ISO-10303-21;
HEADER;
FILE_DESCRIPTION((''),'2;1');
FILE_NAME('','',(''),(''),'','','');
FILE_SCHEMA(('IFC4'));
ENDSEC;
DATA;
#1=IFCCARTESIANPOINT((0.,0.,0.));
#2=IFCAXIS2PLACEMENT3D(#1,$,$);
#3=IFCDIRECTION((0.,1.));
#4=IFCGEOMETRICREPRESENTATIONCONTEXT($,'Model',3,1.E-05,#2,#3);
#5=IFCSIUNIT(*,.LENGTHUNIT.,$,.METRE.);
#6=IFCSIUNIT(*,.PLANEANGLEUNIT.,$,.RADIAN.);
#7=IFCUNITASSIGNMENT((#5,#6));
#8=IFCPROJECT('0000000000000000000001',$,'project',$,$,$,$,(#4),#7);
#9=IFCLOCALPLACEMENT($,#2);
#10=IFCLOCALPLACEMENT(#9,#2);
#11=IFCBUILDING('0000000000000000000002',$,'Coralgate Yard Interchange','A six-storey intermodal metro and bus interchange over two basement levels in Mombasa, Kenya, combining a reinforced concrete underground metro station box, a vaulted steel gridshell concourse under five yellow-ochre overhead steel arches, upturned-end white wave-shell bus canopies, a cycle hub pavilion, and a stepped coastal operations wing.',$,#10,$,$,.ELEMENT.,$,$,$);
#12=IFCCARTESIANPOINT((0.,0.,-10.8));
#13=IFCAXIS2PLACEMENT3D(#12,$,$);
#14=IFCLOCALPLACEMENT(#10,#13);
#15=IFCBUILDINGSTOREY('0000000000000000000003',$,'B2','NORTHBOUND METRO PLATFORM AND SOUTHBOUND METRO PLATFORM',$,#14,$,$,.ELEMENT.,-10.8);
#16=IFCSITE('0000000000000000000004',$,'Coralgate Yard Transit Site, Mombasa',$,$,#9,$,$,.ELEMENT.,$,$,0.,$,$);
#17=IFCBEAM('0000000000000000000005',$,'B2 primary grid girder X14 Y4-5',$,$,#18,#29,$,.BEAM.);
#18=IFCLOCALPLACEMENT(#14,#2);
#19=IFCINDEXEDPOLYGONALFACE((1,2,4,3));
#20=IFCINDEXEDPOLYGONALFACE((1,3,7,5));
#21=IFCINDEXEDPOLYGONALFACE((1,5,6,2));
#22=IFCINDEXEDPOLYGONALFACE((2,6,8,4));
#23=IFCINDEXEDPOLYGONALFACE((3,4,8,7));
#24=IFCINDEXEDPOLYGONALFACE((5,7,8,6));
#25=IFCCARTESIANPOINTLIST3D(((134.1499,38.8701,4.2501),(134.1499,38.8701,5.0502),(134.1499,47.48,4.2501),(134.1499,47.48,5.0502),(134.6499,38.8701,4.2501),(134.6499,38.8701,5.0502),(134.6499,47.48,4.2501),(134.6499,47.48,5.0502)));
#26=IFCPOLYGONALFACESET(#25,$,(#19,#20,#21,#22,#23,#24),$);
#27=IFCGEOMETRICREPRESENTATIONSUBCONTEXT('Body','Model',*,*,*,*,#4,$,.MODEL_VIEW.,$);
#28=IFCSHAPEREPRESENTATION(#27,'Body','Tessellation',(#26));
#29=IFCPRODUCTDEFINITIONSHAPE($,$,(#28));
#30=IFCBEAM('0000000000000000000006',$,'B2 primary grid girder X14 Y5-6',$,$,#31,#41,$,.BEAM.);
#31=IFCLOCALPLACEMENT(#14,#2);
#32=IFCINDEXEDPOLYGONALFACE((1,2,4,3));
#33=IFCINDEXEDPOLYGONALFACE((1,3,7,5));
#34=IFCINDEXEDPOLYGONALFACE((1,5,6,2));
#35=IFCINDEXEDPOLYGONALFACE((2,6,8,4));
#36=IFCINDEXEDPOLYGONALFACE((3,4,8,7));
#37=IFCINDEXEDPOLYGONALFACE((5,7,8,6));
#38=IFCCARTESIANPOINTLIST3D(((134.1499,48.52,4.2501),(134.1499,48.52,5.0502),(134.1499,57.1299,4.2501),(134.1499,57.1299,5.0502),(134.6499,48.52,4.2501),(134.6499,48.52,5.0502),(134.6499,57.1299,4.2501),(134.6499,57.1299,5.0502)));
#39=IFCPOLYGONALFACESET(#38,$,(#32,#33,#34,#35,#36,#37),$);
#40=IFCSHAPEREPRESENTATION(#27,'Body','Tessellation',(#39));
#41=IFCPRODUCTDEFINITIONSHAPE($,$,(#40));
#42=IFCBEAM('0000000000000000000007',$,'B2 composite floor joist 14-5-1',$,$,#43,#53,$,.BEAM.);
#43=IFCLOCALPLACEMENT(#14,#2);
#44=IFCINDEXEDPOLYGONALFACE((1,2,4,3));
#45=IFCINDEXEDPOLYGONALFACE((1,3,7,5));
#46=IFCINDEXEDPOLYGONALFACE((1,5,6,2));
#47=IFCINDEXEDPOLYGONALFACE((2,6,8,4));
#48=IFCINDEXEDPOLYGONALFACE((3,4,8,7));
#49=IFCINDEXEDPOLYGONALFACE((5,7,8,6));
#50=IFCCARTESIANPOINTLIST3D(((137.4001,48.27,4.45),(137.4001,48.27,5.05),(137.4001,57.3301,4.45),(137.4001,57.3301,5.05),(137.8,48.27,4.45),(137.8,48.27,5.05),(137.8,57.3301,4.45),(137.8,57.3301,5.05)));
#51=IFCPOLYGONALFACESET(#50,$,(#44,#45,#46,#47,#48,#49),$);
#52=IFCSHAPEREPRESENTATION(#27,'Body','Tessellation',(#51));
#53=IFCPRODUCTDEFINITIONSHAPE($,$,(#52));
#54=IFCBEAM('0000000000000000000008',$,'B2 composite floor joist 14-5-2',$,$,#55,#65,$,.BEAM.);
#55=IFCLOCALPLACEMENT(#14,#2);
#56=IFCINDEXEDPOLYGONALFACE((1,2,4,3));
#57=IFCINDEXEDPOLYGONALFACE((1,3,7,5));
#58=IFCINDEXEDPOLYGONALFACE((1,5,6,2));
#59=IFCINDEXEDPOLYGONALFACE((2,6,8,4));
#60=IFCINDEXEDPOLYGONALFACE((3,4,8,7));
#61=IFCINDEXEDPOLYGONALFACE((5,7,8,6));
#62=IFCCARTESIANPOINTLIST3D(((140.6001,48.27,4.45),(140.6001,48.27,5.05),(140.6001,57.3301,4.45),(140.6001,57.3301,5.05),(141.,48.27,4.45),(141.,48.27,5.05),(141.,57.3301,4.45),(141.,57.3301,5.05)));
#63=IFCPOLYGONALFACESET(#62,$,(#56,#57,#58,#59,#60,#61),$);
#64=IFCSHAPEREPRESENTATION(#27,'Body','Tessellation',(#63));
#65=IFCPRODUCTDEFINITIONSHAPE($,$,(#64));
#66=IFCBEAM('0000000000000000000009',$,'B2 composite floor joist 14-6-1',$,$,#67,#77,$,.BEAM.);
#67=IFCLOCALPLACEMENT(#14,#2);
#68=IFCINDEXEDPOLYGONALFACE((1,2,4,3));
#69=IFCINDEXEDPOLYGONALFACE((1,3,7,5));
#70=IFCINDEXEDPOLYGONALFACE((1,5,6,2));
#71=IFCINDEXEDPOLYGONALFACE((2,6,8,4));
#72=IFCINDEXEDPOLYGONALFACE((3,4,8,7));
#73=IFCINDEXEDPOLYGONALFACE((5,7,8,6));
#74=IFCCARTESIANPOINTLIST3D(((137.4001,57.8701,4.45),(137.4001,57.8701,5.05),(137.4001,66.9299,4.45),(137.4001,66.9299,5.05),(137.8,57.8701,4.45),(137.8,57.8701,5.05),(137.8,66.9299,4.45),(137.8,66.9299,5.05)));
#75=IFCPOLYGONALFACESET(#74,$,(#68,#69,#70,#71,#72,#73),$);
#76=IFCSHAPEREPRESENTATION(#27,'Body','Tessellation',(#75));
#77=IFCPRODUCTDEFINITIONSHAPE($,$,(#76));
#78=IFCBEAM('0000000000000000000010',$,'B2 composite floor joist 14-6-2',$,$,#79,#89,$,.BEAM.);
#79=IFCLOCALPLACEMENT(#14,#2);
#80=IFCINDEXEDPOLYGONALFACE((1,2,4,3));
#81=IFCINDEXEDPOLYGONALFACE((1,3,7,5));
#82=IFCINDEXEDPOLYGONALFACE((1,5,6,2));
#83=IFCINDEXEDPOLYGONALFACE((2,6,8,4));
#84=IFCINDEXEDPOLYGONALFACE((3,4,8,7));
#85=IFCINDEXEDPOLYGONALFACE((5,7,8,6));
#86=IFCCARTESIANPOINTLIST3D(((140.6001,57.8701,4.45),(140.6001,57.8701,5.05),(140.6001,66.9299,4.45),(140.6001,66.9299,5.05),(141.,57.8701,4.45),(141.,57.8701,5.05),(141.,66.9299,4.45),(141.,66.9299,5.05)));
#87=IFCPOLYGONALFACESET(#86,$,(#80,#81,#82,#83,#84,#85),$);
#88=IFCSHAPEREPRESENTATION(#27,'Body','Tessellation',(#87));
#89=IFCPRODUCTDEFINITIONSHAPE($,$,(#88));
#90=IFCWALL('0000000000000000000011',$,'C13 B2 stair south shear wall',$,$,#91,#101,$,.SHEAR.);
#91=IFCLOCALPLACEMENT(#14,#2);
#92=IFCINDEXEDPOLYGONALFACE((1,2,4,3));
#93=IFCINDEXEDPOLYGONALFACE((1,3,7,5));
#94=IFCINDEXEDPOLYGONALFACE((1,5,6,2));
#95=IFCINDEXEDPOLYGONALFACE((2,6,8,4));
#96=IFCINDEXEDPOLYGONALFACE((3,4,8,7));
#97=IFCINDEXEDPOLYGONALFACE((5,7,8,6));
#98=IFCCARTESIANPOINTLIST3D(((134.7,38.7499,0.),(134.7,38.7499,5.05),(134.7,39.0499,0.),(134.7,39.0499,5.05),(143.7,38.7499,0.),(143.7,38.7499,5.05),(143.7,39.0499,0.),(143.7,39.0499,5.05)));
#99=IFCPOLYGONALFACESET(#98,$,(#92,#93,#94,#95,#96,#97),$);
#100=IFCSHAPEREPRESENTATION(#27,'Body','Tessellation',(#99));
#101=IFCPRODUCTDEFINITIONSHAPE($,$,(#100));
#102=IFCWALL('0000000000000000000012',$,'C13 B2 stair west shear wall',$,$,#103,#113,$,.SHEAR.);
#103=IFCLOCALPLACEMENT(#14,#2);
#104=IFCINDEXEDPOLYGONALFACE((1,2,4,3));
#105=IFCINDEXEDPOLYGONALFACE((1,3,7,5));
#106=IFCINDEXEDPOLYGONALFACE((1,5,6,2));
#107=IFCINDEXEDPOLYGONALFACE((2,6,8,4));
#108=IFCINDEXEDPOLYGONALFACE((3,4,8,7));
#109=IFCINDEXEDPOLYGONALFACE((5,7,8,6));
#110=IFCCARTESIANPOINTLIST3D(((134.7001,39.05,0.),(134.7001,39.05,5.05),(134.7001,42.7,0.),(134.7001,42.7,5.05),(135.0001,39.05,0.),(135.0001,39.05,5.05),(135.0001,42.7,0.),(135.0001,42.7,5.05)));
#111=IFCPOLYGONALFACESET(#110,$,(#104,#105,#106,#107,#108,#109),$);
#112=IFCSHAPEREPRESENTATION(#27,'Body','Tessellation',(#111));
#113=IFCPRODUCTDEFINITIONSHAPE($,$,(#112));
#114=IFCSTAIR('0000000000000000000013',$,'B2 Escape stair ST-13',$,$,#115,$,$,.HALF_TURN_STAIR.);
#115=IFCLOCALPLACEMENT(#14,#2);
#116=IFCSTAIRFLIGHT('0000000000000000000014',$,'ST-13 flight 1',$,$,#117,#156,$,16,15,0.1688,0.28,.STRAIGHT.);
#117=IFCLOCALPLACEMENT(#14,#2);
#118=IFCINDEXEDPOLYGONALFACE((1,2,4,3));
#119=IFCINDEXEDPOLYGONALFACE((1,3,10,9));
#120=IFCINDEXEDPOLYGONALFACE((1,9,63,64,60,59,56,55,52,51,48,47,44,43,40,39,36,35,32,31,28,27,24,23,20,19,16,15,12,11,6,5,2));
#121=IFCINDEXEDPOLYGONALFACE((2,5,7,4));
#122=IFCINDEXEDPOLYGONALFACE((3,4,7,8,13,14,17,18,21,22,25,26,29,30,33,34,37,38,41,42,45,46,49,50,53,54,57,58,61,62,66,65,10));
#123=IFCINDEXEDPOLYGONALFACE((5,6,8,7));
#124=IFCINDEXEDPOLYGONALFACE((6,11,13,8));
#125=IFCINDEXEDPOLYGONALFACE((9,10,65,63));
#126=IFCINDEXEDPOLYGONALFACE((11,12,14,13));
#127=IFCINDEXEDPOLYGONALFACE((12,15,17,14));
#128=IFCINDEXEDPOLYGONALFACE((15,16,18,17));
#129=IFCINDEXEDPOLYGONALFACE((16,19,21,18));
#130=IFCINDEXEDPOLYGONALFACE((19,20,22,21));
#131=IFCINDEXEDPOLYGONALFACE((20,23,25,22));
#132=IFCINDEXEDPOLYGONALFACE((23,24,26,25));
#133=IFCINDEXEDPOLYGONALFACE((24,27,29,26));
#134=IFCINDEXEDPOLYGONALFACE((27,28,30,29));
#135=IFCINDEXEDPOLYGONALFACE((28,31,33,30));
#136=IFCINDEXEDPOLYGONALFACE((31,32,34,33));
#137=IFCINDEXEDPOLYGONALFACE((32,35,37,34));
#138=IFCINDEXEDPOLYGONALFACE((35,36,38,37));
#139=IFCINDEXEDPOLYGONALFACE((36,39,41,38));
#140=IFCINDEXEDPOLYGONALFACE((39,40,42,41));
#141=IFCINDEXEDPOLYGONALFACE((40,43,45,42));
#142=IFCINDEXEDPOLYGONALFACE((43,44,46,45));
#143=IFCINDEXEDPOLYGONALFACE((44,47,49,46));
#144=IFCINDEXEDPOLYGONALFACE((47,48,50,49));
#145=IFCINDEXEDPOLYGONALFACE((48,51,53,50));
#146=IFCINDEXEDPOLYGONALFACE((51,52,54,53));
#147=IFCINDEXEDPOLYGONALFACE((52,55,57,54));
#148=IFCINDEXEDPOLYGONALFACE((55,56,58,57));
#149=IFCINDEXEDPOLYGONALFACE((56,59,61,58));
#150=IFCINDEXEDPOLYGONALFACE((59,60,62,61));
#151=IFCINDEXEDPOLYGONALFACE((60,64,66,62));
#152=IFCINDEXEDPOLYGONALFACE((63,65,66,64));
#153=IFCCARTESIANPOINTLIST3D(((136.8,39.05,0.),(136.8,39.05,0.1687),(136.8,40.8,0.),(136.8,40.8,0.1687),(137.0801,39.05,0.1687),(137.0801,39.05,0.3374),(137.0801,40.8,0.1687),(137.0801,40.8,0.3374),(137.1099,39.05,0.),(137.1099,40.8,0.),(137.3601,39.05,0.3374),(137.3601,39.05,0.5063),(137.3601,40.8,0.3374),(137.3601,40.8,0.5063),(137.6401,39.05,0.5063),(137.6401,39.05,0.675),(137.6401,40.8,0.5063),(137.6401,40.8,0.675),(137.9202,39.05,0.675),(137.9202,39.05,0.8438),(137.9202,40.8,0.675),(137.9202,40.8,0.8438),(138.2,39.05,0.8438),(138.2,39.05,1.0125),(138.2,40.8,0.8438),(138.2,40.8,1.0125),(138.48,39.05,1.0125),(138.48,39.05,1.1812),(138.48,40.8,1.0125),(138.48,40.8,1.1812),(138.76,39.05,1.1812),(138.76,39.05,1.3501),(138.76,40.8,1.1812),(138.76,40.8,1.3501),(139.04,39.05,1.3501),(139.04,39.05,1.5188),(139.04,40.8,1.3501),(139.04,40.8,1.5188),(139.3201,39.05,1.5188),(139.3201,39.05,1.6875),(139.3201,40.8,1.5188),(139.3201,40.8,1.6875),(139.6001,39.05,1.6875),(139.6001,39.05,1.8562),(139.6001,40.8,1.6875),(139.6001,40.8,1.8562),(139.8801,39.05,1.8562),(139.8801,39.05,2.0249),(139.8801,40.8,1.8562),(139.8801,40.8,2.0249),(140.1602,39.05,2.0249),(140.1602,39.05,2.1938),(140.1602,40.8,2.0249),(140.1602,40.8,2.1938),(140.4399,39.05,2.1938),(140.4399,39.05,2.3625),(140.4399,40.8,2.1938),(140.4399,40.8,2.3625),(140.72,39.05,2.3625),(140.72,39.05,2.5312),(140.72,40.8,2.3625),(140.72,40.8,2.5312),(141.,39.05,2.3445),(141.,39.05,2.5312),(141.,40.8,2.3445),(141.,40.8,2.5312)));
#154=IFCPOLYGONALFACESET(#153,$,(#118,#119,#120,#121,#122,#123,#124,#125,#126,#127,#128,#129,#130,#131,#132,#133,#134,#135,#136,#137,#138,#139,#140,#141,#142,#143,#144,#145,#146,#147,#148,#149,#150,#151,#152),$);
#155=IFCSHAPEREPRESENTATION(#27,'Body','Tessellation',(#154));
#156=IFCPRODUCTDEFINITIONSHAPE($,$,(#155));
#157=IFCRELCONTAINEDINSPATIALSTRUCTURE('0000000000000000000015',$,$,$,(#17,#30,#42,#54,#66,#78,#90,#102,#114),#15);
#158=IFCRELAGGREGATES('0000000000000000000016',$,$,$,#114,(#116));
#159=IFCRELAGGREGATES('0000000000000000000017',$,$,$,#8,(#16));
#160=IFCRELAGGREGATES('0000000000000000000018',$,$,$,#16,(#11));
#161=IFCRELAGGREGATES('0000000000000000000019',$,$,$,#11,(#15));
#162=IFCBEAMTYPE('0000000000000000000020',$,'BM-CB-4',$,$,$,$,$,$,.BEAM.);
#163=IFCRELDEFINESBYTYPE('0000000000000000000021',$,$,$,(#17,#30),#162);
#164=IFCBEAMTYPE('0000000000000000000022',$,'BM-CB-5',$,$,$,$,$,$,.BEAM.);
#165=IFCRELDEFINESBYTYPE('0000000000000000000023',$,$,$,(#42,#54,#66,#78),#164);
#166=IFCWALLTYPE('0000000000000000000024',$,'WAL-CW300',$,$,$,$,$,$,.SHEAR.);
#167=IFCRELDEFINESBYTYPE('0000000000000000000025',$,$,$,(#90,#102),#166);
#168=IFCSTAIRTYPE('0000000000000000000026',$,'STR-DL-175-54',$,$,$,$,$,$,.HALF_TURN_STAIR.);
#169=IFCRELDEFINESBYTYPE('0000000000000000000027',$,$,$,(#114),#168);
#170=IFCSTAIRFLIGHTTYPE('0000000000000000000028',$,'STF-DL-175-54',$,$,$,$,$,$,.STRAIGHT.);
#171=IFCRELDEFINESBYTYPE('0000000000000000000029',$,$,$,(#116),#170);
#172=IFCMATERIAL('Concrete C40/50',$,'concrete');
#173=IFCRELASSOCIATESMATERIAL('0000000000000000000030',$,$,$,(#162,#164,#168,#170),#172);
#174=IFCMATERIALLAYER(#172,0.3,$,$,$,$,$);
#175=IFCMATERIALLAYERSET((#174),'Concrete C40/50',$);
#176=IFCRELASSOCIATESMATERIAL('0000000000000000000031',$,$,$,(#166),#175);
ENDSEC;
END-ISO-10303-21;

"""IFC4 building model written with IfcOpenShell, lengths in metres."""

from ifc_helpers import new_model, si_unit, direction, frame, frame_2d, origin, origin_2d, place, context, subcontext, project, spatial, polyline, rectangle, outline, extrude, material, layer, layer_set, material_profile, profile_set, type_object, element, aggregate, save


model = new_model("IFC4")

# Units and contexts
model_context = context("Model", 3, precision=1e-05, world=origin(), true_north=direction((0.0, 1.0)))
body_context = subcontext(model_context, "Body", "Model", "MODEL_VIEW")
ifc_project = project(units=[si_unit("LENGTHUNIT", "METRE"), si_unit("PLANEANGLEUNIT", "RADIAN")], contexts=[model_context])

# Site, building, storey
site_placement = place(None, origin())
site = spatial("IfcSite", under=ifc_project, at=site_placement, Name="Coralgate Yard Transit Site, Mombasa", CompositionType="ELEMENT", RefElevation=0.0)
building_placement = place(site_placement, origin())
building = spatial("IfcBuilding", under=site, at=building_placement, Name="Coralgate Yard Interchange", Description="A six-storey intermodal metro and bus interchange over two basement levels in Mombasa, Kenya, combining a reinforced concrete underground metro station box, a vaulted steel gridshell concourse under five yellow-ochre overhead steel arches, upturned-end white wave-shell bus canopies, a cycle hub pavilion, and a stepped coastal operations wing.", CompositionType="ELEMENT")
storey_placement = place(building_placement, frame((0.0, 0.0, -10.8)))
storey = spatial("IfcBuildingStorey", under=building, at=storey_placement, Name="B2", Description="NORTHBOUND METRO PLATFORM AND SOUTHBOUND METRO PLATFORM", CompositionType="ELEMENT", Elevation=-10.8)

# Shared definitions
ifc_material_1 = material(Name="Concrete C40/50", Category="concrete")

# Beams
ifc_material_profile_1 = material_profile(ifc_material_1, rectangle(XDim=0.5, YDim=0.8, at=origin_2d()), Name="RC 500x800")
ifc_profile_set_1 = profile_set([ifc_material_profile_1], Name="Concrete C40/50")
beam_type_1 = type_object("IfcBeamType", Name="BM-CB-4", PredefinedType="BEAM", material=ifc_profile_set_1)
for number, where, z_axis, x_axis, name in (
    (1, (134.3999, 38.8701, 4.6501), (0.0, 1.0, 0.0), (-1.0, 0.0, 0.0), "B2 primary grid girder X14 Y4-5"),
    (2, (134.3999, 48.52, 4.6501), (0.0, 1.0, 0.0), (-1.0, 0.0, 0.0), "B2 primary grid girder X14 Y5-6"),
):
    element("IfcBeam", number, at=place(storey_placement, frame(where, z_axis=z_axis, x_axis=x_axis)), inside=storey, type_object=beam_type_1, Name=name, PredefinedType="BEAM", context=body_context, shape_type="SweptSolid", body=[
        extrude(rectangle(XDim=0.5, YDim=0.8, at=origin_2d()), origin(), (0.0, 0.0, 1.0), 8.6099),
    ])
ifc_material_profile_2 = material_profile(ifc_material_1, rectangle(XDim=0.3999, YDim=0.6001, at=origin_2d()), Name="RC 400x600")
ifc_profile_set_2 = profile_set([ifc_material_profile_2], Name="Concrete C40/50")
beam_type_2 = type_object("IfcBeamType", Name="BM-CB-5", PredefinedType="BEAM", material=ifc_profile_set_2)
for number, where, z_axis, x_axis, name in (
    (3, (137.6001, 48.27, 4.75), (0.0, 1.0, 0.0), (-1.0, 0.0, 0.0), "B2 composite floor joist 14-5-1"),
    (4, (140.8, 48.27, 4.75), (0.0, 1.0, 0.0), (-1.0, 0.0, 0.0), "B2 composite floor joist 14-5-2"),
):
    element("IfcBeam", number, at=place(storey_placement, frame(where, z_axis=z_axis, x_axis=x_axis)), inside=storey, type_object=beam_type_2, Name=name, PredefinedType="BEAM", context=body_context, shape_type="SweptSolid", body=[
        extrude(rectangle(XDim=0.3999, YDim=0.6001, at=origin_2d()), origin(), (0.0, 0.0, 1.0), 9.0601),
    ])
for number, where, z_axis, x_axis, name in (
    (5, (137.6001, 57.8701, 4.75), (0.0, 1.0, 0.0), (-1.0, 0.0, 0.0), "B2 composite floor joist 14-6-1"),
    (6, (140.8, 57.8701, 4.75), (0.0, 1.0, 0.0), (-1.0, 0.0, 0.0), "B2 composite floor joist 14-6-2"),
):
    element("IfcBeam", number, at=place(storey_placement, frame(where, z_axis=z_axis, x_axis=x_axis)), inside=storey, type_object=beam_type_2, Name=name, PredefinedType="BEAM", context=body_context, shape_type="SweptSolid", body=[
        extrude(rectangle(XDim=0.3999, YDim=0.6001, at=origin_2d()), origin(), (0.0, 0.0, 1.0), 9.0598),
    ])

# Walls
ifc_layer = layer(ifc_material_1, 0.3)
ifc_layer_set = layer_set([ifc_layer], Name="Concrete C40/50")
wall_type = type_object("IfcWallType", Name="WAL-CW300", PredefinedType="SHEAR", material=ifc_layer_set)
wall_1_placement = place(storey_placement, frame((134.7, 38.8999, 0.0), z_axis=(0.0, 0.0, 1.0), x_axis=(1.0, 0.0, 0.0)))
element("IfcWall", 7, at=wall_1_placement, inside=storey, type_object=wall_type, Name="C13 B2 stair south shear wall", PredefinedType="SHEAR", context=body_context, shape_type="SweptSolid", body=[
    extrude(rectangle(XDim=9.0, YDim=0.3, at=frame_2d((4.5, 0.0))), origin(), (0.0, 0.0, 1.0), 5.05),
])
wall_2_placement = place(storey_placement, frame((134.8501, 39.05, 0.0), z_axis=(0.0, 0.0, 1.0), x_axis=(0.0, 1.0, 0.0)))
element("IfcWall", 8, at=wall_2_placement, inside=storey, type_object=wall_type, Name="C13 B2 stair west shear wall", PredefinedType="SHEAR", context=body_context, shape_type="SweptSolid", body=[
    extrude(rectangle(XDim=3.6499, YDim=0.3, at=frame_2d((1.825, 0.0))), origin(), (0.0, 0.0, 1.0), 5.05),
])

# Stair, stair flight
stair_type = type_object("IfcStairType", Name="STR-DL-175-54", PredefinedType="HALF_TURN_STAIR", material=ifc_material_1)
stair_placement = place(storey_placement, origin())
stair = element("IfcStair", 9, at=stair_placement, inside=storey, type_object=stair_type, Name="B2 Escape stair ST-13", PredefinedType="HALF_TURN_STAIR")
stair_flight_type = type_object("IfcStairFlightType", Name="STF-DL-175-54", PredefinedType="STRAIGHT", material=ifc_material_1)
stair_flight_placement = place(storey_placement, frame((136.8, 39.925, 0.0), z_axis=(0.0, 0.0, 1.0), x_axis=(1.0, 0.0, 0.0)))
stair_flight = element("IfcStairFlight", 10, at=stair_flight_placement, type_object=stair_flight_type, Name="ST-13 flight 1", NumberOfRisers=16, NumberOfTreads=15, PredefinedType="STRAIGHT", RiserHeight=0.1688, TreadLength=0.28, context=body_context, shape_type="SweptSolid", body=[
    extrude(outline(polyline([(0.0, 0.0), (0.0, 0.1687), (0.28, 0.1687), (0.28, 0.3374), (0.5601, 0.3374), (0.5601, 0.5063), (0.8401, 0.5063), (0.8401, 0.675), (1.1201, 0.675), (1.1201, 0.8438), (1.3999, 0.8438), (1.3999, 1.0125), (1.6799, 1.0125), (1.6799, 1.1812), (1.96, 1.1812), (1.96, 1.3501), (2.24, 1.3501), (2.24, 1.5188), (2.52, 1.5188), (2.52, 1.6875), (2.8, 1.6875), (2.8, 1.8562), (3.0801, 1.8562), (3.0801, 2.0249), (3.3601, 2.0249), (3.3601, 2.1938), (3.6399, 2.1938), (3.6399, 2.3625), (3.9199, 2.3625), (3.9199, 2.5312), (4.2, 2.5312), (4.2, 2.7), (4.2, 2.3445), (0.3098, 0.0), (0.0, 0.0)])), frame((0.0, 0.875, 0.0), z_axis=(0.0, -1.0, 0.0), x_axis=(1.0, 0.0, 0.0)), (0.0, 0.0, 1.0), 1.75),
])
aggregate(stair, [stair_flight])

save(model, "model.ifc")
